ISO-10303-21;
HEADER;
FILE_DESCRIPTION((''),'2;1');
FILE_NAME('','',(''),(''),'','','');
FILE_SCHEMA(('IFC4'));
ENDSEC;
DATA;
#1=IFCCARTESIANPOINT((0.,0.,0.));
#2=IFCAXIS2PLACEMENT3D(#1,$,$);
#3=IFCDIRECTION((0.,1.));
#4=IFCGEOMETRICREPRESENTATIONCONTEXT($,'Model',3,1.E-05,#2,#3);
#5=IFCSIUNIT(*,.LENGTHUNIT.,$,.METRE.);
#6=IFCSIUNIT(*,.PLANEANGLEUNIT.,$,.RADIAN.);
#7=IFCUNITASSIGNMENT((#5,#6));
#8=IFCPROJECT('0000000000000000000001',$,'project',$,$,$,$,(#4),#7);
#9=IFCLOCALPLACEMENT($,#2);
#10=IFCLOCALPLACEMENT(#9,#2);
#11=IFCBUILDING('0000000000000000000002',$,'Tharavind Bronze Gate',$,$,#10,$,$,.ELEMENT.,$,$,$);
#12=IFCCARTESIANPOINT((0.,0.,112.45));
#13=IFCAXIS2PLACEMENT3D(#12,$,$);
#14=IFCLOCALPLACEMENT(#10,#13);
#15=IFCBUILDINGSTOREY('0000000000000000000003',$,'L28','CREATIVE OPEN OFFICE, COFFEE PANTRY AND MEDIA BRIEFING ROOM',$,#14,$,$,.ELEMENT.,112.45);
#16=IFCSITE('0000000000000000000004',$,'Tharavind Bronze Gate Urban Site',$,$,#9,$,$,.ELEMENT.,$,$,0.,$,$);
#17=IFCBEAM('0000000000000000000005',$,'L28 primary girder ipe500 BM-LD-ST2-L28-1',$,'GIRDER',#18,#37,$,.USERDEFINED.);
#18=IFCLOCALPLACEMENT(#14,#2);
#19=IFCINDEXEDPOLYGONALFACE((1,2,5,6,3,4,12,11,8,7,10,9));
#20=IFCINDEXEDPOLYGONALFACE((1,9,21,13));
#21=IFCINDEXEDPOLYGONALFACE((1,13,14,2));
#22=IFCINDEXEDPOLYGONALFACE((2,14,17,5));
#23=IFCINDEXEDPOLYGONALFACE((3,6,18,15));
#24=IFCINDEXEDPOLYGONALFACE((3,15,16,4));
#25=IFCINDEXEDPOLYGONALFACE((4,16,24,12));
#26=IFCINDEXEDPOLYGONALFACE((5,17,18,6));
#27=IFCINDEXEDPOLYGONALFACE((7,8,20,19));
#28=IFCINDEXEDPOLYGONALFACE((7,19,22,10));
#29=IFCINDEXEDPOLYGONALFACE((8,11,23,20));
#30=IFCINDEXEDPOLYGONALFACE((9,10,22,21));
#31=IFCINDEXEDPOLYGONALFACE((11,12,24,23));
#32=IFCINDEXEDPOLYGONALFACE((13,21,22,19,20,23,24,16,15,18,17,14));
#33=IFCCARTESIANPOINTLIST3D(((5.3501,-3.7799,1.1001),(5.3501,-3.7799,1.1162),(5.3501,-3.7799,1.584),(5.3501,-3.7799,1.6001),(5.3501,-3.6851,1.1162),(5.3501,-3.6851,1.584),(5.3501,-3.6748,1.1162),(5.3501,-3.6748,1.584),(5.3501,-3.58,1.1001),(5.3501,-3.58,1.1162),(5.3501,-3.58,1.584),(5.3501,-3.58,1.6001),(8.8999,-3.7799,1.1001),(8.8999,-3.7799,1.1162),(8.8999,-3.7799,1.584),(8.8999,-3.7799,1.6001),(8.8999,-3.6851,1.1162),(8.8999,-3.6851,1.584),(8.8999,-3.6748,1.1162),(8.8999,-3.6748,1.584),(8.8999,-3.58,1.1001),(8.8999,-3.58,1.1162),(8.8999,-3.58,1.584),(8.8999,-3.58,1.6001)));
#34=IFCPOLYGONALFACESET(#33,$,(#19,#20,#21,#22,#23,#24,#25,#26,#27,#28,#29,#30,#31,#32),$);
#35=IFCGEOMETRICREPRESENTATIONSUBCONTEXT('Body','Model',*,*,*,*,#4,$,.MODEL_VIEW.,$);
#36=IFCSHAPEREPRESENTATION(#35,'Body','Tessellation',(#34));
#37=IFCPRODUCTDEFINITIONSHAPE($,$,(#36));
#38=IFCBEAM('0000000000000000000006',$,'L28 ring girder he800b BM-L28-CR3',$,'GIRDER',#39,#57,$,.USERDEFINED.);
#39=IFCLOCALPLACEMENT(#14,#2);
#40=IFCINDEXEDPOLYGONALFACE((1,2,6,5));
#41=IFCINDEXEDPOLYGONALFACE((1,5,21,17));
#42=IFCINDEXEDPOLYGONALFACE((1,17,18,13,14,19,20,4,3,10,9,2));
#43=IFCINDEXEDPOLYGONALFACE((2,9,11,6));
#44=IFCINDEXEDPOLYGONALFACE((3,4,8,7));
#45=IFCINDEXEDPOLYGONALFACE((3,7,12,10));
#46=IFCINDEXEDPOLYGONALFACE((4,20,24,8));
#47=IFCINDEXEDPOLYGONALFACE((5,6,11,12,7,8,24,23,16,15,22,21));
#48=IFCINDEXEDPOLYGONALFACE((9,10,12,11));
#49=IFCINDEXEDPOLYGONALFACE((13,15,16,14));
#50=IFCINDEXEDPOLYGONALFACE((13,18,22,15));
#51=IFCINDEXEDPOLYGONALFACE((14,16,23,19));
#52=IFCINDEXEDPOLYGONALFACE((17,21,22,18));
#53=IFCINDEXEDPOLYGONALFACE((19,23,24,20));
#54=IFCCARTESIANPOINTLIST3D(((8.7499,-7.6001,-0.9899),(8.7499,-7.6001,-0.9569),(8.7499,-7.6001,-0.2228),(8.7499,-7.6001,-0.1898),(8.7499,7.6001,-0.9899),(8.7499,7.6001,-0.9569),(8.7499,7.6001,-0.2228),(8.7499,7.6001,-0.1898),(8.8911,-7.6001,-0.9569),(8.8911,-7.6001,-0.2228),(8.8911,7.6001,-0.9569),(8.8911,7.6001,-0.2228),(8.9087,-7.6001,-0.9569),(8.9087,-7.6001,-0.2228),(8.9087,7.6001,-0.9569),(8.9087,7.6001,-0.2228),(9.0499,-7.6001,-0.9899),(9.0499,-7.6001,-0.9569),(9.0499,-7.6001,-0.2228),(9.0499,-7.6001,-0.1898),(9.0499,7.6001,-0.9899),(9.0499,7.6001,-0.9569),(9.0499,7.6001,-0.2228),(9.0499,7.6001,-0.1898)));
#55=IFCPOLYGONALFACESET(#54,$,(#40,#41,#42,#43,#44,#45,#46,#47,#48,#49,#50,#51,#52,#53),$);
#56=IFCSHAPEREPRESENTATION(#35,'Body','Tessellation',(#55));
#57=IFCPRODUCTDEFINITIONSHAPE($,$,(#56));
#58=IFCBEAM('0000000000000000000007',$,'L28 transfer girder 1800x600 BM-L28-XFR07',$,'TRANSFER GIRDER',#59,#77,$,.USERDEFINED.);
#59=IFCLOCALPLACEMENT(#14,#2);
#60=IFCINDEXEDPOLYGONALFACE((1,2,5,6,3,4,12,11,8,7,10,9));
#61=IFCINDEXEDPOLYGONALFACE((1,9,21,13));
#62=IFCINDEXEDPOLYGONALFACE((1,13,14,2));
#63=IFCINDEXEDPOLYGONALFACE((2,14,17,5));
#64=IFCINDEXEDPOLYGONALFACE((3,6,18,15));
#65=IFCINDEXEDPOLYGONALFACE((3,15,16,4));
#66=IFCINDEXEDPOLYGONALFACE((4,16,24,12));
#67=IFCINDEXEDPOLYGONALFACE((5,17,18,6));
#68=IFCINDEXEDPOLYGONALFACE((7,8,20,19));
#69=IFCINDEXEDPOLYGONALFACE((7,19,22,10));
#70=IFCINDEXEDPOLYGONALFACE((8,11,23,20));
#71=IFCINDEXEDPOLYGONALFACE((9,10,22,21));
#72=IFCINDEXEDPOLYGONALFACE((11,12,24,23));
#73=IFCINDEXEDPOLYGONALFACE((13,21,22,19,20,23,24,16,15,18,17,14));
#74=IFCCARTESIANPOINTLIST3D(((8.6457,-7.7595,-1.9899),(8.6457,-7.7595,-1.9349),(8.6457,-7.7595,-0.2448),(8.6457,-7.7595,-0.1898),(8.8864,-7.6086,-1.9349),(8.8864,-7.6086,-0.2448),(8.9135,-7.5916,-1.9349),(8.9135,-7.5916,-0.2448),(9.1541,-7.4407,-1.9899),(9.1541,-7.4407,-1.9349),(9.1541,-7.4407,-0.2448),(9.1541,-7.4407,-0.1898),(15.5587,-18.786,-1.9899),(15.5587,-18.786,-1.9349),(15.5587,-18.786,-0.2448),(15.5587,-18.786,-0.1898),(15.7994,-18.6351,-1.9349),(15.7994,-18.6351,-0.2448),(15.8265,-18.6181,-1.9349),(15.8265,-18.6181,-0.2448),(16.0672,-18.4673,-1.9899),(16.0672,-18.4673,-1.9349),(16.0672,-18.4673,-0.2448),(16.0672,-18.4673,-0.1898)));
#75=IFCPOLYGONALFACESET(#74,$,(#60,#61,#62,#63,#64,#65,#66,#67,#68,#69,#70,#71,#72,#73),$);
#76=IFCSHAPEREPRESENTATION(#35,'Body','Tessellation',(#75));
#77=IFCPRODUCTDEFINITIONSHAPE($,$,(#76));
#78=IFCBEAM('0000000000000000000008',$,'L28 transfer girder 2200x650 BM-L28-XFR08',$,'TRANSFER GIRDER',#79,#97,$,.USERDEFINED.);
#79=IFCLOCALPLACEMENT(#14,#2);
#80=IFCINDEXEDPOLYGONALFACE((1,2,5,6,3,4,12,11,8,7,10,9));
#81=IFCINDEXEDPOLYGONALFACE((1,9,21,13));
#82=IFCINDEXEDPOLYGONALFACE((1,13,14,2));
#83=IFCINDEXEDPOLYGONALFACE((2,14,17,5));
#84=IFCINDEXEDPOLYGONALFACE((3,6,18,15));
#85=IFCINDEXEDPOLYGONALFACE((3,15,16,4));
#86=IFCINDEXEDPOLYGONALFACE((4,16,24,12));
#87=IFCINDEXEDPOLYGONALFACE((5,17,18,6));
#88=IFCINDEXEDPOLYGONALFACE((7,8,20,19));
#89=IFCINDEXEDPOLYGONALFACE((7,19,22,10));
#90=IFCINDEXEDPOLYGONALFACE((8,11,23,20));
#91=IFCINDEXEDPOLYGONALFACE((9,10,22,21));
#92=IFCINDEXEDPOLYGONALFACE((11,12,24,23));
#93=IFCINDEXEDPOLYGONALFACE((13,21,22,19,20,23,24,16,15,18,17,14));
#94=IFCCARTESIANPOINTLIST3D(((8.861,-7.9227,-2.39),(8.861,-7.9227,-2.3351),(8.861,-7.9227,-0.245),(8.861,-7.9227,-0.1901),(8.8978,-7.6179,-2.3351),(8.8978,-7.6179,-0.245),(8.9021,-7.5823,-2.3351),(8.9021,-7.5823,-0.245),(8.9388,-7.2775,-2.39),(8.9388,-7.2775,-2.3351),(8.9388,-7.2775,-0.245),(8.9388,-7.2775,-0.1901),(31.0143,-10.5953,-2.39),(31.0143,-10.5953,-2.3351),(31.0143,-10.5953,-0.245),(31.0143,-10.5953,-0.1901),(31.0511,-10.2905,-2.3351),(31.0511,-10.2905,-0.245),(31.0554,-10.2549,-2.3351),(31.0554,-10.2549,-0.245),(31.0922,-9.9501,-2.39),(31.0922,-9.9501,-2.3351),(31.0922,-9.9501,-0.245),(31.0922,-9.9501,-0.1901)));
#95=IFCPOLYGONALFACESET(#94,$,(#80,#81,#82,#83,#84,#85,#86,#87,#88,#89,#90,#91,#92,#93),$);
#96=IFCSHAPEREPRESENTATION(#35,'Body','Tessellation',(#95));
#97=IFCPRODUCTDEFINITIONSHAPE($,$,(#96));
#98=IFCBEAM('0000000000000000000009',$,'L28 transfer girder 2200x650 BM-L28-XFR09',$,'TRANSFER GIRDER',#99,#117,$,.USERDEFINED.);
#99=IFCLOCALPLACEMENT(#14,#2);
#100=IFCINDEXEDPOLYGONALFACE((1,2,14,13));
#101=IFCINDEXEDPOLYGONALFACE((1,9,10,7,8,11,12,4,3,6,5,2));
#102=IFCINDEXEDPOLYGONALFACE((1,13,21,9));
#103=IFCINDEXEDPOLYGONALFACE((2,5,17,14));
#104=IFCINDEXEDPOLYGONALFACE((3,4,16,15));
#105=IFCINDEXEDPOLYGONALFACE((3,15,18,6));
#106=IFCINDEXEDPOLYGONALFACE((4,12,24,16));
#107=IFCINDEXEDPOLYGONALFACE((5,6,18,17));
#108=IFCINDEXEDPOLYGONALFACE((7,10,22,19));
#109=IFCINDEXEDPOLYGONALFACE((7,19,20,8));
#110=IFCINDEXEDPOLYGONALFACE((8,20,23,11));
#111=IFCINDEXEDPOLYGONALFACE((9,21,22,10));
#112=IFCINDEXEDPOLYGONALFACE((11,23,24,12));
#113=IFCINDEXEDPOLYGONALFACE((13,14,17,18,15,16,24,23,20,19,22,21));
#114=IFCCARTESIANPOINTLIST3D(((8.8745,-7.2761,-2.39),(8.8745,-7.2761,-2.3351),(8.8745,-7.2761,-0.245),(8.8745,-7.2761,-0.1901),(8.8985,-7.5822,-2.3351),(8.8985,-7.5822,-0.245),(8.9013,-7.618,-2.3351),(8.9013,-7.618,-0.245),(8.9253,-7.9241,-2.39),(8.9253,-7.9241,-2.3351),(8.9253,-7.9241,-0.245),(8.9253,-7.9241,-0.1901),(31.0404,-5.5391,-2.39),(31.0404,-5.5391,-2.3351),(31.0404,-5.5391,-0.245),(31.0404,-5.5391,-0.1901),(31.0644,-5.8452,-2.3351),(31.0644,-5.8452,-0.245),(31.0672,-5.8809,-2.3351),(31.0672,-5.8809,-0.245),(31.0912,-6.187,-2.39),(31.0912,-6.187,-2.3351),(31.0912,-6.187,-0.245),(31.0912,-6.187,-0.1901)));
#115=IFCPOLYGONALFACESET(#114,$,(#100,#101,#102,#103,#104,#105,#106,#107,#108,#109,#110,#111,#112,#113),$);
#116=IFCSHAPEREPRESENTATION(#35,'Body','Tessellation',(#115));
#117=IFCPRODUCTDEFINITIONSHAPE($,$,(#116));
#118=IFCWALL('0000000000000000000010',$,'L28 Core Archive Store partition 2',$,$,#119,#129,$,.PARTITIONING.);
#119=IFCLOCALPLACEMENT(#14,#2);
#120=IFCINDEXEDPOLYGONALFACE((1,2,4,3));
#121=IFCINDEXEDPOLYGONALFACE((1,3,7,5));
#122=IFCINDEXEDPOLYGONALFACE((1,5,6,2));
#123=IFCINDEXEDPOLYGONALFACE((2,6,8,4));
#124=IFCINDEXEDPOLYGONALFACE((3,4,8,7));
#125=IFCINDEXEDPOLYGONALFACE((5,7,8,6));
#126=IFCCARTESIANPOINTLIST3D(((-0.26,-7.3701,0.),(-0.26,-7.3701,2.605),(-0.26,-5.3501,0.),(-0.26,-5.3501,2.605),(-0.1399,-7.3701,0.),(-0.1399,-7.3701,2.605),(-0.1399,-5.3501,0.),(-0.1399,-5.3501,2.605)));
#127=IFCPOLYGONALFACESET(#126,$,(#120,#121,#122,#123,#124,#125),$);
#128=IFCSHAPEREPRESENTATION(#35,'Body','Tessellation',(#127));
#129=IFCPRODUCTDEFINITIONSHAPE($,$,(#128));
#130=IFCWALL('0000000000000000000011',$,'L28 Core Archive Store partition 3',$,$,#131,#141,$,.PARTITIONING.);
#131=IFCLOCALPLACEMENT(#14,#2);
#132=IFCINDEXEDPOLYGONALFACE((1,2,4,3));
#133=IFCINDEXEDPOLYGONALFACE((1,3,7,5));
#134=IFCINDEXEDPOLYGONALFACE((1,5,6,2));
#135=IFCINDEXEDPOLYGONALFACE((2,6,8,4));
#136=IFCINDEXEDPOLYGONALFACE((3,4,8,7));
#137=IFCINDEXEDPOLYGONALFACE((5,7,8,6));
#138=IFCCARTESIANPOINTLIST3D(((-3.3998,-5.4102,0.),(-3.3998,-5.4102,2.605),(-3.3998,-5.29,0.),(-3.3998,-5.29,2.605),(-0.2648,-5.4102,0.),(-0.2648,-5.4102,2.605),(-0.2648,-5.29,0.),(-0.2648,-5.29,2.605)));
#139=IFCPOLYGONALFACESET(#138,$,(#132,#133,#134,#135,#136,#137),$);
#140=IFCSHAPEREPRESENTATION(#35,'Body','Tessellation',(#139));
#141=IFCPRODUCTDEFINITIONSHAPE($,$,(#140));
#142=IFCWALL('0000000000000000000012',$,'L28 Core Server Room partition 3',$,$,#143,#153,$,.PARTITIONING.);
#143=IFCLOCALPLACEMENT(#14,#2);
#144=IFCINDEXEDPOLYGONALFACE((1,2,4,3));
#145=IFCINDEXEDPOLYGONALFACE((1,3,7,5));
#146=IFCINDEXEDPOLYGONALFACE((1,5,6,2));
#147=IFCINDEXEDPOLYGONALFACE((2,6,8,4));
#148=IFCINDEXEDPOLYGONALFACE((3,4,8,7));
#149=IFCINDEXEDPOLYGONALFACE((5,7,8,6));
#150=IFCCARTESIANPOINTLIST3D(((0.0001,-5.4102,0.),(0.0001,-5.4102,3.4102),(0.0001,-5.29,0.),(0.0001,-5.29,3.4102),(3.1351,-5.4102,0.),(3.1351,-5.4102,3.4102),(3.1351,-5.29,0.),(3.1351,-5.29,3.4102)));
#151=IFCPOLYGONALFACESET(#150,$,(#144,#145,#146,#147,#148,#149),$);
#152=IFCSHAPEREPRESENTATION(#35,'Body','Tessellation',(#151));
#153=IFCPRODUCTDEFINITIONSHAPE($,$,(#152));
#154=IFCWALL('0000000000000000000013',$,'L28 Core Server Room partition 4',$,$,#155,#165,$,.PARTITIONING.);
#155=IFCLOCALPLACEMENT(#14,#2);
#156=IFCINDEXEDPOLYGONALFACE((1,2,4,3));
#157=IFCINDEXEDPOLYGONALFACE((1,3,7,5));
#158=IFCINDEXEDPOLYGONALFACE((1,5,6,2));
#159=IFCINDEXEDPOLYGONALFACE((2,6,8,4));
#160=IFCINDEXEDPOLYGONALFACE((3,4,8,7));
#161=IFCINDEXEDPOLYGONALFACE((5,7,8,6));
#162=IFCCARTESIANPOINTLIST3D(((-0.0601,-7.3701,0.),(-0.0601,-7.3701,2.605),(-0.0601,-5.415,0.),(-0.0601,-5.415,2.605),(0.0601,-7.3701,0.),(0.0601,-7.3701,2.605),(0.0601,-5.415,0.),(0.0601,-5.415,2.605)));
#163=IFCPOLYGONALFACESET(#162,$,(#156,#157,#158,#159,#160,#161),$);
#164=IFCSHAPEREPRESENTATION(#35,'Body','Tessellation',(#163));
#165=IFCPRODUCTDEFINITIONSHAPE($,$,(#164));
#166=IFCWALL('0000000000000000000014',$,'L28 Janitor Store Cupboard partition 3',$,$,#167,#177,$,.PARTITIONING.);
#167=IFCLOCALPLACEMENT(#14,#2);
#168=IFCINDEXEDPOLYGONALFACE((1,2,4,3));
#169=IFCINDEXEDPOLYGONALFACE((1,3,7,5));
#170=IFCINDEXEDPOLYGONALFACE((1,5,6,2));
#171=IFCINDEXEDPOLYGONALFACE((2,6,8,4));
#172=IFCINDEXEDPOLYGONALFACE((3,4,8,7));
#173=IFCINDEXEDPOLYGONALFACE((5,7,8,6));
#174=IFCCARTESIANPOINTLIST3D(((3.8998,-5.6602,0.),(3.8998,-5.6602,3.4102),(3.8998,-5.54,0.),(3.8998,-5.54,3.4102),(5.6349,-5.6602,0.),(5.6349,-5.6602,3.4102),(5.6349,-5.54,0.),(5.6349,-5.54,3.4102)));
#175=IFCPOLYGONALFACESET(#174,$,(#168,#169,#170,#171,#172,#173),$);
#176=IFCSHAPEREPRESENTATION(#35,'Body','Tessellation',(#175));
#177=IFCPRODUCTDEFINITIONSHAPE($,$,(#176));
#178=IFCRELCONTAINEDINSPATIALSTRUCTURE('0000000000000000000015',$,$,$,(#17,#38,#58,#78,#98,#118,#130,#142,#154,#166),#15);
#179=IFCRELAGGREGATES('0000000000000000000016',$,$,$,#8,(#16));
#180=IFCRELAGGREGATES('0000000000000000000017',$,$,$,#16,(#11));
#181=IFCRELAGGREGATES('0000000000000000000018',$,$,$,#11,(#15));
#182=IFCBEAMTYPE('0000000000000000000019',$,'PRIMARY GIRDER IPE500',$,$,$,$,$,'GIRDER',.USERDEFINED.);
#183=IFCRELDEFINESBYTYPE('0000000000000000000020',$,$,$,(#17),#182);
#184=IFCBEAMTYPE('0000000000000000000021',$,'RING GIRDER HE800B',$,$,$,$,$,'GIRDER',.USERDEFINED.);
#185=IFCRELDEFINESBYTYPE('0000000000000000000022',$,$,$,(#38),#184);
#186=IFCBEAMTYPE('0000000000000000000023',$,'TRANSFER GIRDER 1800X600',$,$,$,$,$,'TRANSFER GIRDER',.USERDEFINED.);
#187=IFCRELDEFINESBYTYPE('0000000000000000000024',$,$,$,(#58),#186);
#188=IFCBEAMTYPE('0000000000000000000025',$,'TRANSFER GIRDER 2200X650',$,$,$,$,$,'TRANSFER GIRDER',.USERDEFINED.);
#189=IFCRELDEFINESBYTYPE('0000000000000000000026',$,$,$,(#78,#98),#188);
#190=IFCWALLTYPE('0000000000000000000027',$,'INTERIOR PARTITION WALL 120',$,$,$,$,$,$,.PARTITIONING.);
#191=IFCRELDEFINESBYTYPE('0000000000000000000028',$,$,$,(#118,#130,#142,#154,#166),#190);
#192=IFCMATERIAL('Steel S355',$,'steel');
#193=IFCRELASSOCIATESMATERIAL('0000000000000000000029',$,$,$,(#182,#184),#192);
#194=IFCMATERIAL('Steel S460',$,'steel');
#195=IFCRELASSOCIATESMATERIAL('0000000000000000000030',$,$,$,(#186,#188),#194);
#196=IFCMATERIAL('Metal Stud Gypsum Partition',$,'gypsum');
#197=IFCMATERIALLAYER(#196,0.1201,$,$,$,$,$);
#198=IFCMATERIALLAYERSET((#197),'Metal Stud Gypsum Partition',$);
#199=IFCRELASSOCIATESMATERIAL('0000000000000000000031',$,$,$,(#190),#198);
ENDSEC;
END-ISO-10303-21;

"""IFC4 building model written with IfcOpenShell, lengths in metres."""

from ifc_helpers import new_model, si_unit, direction, frame, frame_2d, origin, origin_2d, place, context, subcontext, project, spatial, rectangle, i_section, extrude, material, layer, layer_set, material_profile, profile_set, type_object, element, save


model = new_model("IFC4")

# Units and contexts
model_context = context("Model", 3, precision=1e-05, world=origin(), true_north=direction((0.0, 1.0)))
body_context = subcontext(model_context, "Body", "Model", "MODEL_VIEW")
ifc_project = project(units=[si_unit("LENGTHUNIT", "METRE"), si_unit("PLANEANGLEUNIT", "RADIAN")], contexts=[model_context])

# Site, building, storey
site_placement = place(None, origin())
site = spatial("IfcSite", under=ifc_project, at=site_placement, Name="Tharavind Bronze Gate Urban Site", CompositionType="ELEMENT", RefElevation=0.0)
building_placement = place(site_placement, origin())
building = spatial("IfcBuilding", under=site, at=building_placement, Name="Tharavind Bronze Gate", CompositionType="ELEMENT")
storey_placement = place(building_placement, frame((0.0, 0.0, 112.45)))
storey = spatial("IfcBuildingStorey", under=building, at=storey_placement, Name="L28", Description="CREATIVE OPEN OFFICE, COFFEE PANTRY AND MEDIA BRIEFING ROOM", CompositionType="ELEMENT", Elevation=112.45)

# Beams
ifc_material_1 = material(Name="Steel S355", Category="steel")
ifc_material_profile_1 = material_profile(ifc_material_1, i_section(OverallWidth=0.2, OverallDepth=0.5, WebThickness=0.0103, FlangeThickness=0.0161, at=origin_2d()), Name="IPE500")
ifc_profile_set_1 = profile_set([ifc_material_profile_1], Name="Steel S355")
beam_type_1 = type_object("IfcBeamType", Name="PRIMARY GIRDER IPE500", ElementType="GIRDER", PredefinedType="USERDEFINED", material=ifc_profile_set_1)
beam_1_placement = place(storey_placement, frame((5.3501, -3.6799, 1.3501), z_axis=(1.0, 0.0, 0.0), x_axis=(0.0, 1.0, 0.0)))
element("IfcBeam", 1, at=beam_1_placement, inside=storey, type_object=beam_type_1, Name="L28 primary girder ipe500 BM-LD-ST2-L28-1", ObjectType="GIRDER", PredefinedType="USERDEFINED", context=body_context, shape_type="SweptSolid", body=[
    extrude(i_section(OverallWidth=0.2, OverallDepth=0.5, WebThickness=0.0103, FlangeThickness=0.0161, at=origin_2d()), origin(), (0.0, 0.0, 1.0), 3.5498),
])
ifc_material_profile_2 = material_profile(ifc_material_1, i_section(OverallWidth=0.3, OverallDepth=0.8, WebThickness=0.0176, FlangeThickness=0.033, at=origin_2d()), Name="HE800B")
ifc_profile_set_2 = profile_set([ifc_material_profile_2], Name="Steel S355")
beam_type_2 = type_object("IfcBeamType", Name="RING GIRDER HE800B", ElementType="GIRDER", PredefinedType="USERDEFINED", material=ifc_profile_set_2)
beam_2_placement = place(storey_placement, frame((8.8999, -7.6001, -0.5898), z_axis=(0.0, 1.0, 0.0), x_axis=(-1.0, 0.0, 0.0)))
element("IfcBeam", 2, at=beam_2_placement, inside=storey, type_object=beam_type_2, Name="L28 ring girder he800b BM-L28-CR3", ObjectType="GIRDER", PredefinedType="USERDEFINED", context=body_context, shape_type="SweptSolid", body=[
    extrude(i_section(OverallWidth=0.3, OverallDepth=0.8, WebThickness=0.0176, FlangeThickness=0.033, at=origin_2d()), origin(), (0.0, 0.0, 1.0), 15.2002),
])
ifc_material_2 = material(Name="Steel S460", Category="steel")
ifc_material_profile_3 = material_profile(ifc_material_2, i_section(OverallWidth=0.6001, OverallDepth=1.8, WebThickness=0.032, FlangeThickness=0.0549, at=origin_2d()), Name="PG1800X600")
ifc_profile_set_3 = profile_set([ifc_material_profile_3], Name="Steel S460")
beam_type_3 = type_object("IfcBeamType", Name="TRANSFER GIRDER 1800X600", ElementType="TRANSFER GIRDER", PredefinedType="USERDEFINED", material=ifc_profile_set_3)
beam_3_placement = place(storey_placement, frame((8.8999, -7.6001, -1.0898), z_axis=(0.531184, -0.847257, 0.0), x_axis=(0.847257, 0.531184, 0.0)))
element("IfcBeam", 3, at=beam_3_placement, inside=storey, type_object=beam_type_3, Name="L28 transfer girder 1800x600 BM-L28-XFR07", ObjectType="TRANSFER GIRDER", PredefinedType="USERDEFINED", context=body_context, shape_type="SweptSolid", body=[
    extrude(i_section(OverallWidth=0.6001, OverallDepth=1.8, WebThickness=0.032, FlangeThickness=0.0549, at=origin_2d()), origin(), (0.0, 0.0, 1.0), 13.0144),
])
ifc_material_profile_4 = material_profile(ifc_material_2, i_section(OverallWidth=0.6499, OverallDepth=2.2, WebThickness=0.0359, FlangeThickness=0.0549, at=origin_2d()), Name="PG2200X650")
ifc_profile_set_4 = profile_set([ifc_material_profile_4], Name="Steel S460")
beam_type_4 = type_object("IfcBeamType", Name="TRANSFER GIRDER 2200X650", ElementType="TRANSFER GIRDER", PredefinedType="USERDEFINED", material=ifc_profile_set_4)
beam_4_placement = place(storey_placement, frame((8.8999, -7.6001, -1.29), z_axis=(0.992801, -0.119773, 0.0), x_axis=(0.119773, 0.992801, 0.0)))
element("IfcBeam", 4, at=beam_4_placement, inside=storey, type_object=beam_type_4, Name="L28 transfer girder 2200x650 BM-L28-XFR08", ObjectType="TRANSFER GIRDER", PredefinedType="USERDEFINED", context=body_context, shape_type="SweptSolid", body=[
    extrude(i_section(OverallWidth=0.6499, OverallDepth=2.2, WebThickness=0.0359, FlangeThickness=0.0549, at=origin_2d()), origin(), (0.0, 0.0, 1.0), 22.314),
])
beam_5_placement = place(storey_placement, frame((8.8999, -7.6001, -1.29), z_axis=(0.996943, 0.078126, 0.0), x_axis=(-0.078126, 0.996943, 0.0)))
element("IfcBeam", 5, at=beam_5_placement, inside=storey, type_object=beam_type_4, Name="L28 transfer girder 2200x650 BM-L28-XFR09", ObjectType="TRANSFER GIRDER", PredefinedType="USERDEFINED", context=body_context, shape_type="SweptSolid", body=[
    extrude(i_section(OverallWidth=0.6499, OverallDepth=2.2, WebThickness=0.0359, FlangeThickness=0.0549, at=origin_2d()), origin(), (0.0, 0.0, 1.0), 22.2339),
])

# Walls
ifc_material_3 = material(Name="Metal Stud Gypsum Partition", Category="gypsum")
ifc_layer_1 = layer(ifc_material_3, 0.1201)
ifc_layer_set_1 = layer_set([ifc_layer_1], Name="Metal Stud Gypsum Partition")
wall_type_1 = type_object("IfcWallType", Name="INTERIOR PARTITION WALL 120", PredefinedType="PARTITIONING", material=ifc_layer_set_1)
wall_1_placement = place(storey_placement, frame((-0.2, -7.3701, 0.0), z_axis=(0.0, 0.0, 1.0), x_axis=(0.0, 1.0, 0.0)))
element("IfcWall", 6, at=wall_1_placement, inside=storey, type_object=wall_type_1, Name="L28 Core Archive Store partition 2", PredefinedType="PARTITIONING", context=body_context, shape_type="SweptSolid", body=[
    extrude(rectangle(XDim=2.02, YDim=0.1201, at=frame_2d((1.01, 0.0))), origin(), (0.0, 0.0, 1.0), 2.605),
])
wall_2_placement = place(storey_placement, frame((-0.2649, -5.3501, 0.0), z_axis=(0.0, 0.0, 1.0), x_axis=(-1.0, 0.0, 0.0)))
element("IfcWall", 7, at=wall_2_placement, inside=storey, type_object=wall_type_1, Name="L28 Core Archive Store partition 3", PredefinedType="PARTITIONING", context=body_context, shape_type="SweptSolid", body=[
    extrude(rectangle(XDim=3.135, YDim=0.1201, at=frame_2d((1.5674, 0.0))), origin(), (0.0, 0.0, 1.0), 2.605),
])
wall_3_placement = place(storey_placement, frame((3.135, -5.3501, 0.0), z_axis=(0.0, 0.0, 1.0), x_axis=(-1.0, 0.0, 0.0)))
element("IfcWall", 8, at=wall_3_placement, inside=storey, type_object=wall_type_1, Name="L28 Core Server Room partition 3", PredefinedType="PARTITIONING", context=body_context, shape_type="SweptSolid", body=[
    extrude(rectangle(XDim=3.135, YDim=0.1201, at=frame_2d((1.5674, 0.0))), origin(), (0.0, 0.0, 1.0), 3.4102),
])
wall_4_placement = place(storey_placement, frame((0.0, -5.415, 0.0), z_axis=(0.0, 0.0, 1.0), x_axis=(0.0, -1.0, 0.0)))
element("IfcWall", 9, at=wall_4_placement, inside=storey, type_object=wall_type_1, Name="L28 Core Server Room partition 4", PredefinedType="PARTITIONING", context=body_context, shape_type="SweptSolid", body=[
    extrude(rectangle(XDim=1.9551, YDim=0.1201, at=frame_2d((0.9775, 0.0))), origin(), (0.0, 0.0, 1.0), 2.605),
])
wall_5_placement = place(storey_placement, frame((5.635, -5.6001, 0.0), z_axis=(0.0, 0.0, 1.0), x_axis=(-1.0, 0.0, 0.0)))
element("IfcWall", 10, at=wall_5_placement, inside=storey, type_object=wall_type_1, Name="L28 Janitor Store Cupboard partition 3", PredefinedType="PARTITIONING", context=body_context, shape_type="SweptSolid", body=[
    extrude(rectangle(XDim=1.7351, YDim=0.1201, at=frame_2d((0.8677, 0.0))), origin(), (0.0, 0.0, 1.0), 3.4102),
])

save(model, "model.ifc")
